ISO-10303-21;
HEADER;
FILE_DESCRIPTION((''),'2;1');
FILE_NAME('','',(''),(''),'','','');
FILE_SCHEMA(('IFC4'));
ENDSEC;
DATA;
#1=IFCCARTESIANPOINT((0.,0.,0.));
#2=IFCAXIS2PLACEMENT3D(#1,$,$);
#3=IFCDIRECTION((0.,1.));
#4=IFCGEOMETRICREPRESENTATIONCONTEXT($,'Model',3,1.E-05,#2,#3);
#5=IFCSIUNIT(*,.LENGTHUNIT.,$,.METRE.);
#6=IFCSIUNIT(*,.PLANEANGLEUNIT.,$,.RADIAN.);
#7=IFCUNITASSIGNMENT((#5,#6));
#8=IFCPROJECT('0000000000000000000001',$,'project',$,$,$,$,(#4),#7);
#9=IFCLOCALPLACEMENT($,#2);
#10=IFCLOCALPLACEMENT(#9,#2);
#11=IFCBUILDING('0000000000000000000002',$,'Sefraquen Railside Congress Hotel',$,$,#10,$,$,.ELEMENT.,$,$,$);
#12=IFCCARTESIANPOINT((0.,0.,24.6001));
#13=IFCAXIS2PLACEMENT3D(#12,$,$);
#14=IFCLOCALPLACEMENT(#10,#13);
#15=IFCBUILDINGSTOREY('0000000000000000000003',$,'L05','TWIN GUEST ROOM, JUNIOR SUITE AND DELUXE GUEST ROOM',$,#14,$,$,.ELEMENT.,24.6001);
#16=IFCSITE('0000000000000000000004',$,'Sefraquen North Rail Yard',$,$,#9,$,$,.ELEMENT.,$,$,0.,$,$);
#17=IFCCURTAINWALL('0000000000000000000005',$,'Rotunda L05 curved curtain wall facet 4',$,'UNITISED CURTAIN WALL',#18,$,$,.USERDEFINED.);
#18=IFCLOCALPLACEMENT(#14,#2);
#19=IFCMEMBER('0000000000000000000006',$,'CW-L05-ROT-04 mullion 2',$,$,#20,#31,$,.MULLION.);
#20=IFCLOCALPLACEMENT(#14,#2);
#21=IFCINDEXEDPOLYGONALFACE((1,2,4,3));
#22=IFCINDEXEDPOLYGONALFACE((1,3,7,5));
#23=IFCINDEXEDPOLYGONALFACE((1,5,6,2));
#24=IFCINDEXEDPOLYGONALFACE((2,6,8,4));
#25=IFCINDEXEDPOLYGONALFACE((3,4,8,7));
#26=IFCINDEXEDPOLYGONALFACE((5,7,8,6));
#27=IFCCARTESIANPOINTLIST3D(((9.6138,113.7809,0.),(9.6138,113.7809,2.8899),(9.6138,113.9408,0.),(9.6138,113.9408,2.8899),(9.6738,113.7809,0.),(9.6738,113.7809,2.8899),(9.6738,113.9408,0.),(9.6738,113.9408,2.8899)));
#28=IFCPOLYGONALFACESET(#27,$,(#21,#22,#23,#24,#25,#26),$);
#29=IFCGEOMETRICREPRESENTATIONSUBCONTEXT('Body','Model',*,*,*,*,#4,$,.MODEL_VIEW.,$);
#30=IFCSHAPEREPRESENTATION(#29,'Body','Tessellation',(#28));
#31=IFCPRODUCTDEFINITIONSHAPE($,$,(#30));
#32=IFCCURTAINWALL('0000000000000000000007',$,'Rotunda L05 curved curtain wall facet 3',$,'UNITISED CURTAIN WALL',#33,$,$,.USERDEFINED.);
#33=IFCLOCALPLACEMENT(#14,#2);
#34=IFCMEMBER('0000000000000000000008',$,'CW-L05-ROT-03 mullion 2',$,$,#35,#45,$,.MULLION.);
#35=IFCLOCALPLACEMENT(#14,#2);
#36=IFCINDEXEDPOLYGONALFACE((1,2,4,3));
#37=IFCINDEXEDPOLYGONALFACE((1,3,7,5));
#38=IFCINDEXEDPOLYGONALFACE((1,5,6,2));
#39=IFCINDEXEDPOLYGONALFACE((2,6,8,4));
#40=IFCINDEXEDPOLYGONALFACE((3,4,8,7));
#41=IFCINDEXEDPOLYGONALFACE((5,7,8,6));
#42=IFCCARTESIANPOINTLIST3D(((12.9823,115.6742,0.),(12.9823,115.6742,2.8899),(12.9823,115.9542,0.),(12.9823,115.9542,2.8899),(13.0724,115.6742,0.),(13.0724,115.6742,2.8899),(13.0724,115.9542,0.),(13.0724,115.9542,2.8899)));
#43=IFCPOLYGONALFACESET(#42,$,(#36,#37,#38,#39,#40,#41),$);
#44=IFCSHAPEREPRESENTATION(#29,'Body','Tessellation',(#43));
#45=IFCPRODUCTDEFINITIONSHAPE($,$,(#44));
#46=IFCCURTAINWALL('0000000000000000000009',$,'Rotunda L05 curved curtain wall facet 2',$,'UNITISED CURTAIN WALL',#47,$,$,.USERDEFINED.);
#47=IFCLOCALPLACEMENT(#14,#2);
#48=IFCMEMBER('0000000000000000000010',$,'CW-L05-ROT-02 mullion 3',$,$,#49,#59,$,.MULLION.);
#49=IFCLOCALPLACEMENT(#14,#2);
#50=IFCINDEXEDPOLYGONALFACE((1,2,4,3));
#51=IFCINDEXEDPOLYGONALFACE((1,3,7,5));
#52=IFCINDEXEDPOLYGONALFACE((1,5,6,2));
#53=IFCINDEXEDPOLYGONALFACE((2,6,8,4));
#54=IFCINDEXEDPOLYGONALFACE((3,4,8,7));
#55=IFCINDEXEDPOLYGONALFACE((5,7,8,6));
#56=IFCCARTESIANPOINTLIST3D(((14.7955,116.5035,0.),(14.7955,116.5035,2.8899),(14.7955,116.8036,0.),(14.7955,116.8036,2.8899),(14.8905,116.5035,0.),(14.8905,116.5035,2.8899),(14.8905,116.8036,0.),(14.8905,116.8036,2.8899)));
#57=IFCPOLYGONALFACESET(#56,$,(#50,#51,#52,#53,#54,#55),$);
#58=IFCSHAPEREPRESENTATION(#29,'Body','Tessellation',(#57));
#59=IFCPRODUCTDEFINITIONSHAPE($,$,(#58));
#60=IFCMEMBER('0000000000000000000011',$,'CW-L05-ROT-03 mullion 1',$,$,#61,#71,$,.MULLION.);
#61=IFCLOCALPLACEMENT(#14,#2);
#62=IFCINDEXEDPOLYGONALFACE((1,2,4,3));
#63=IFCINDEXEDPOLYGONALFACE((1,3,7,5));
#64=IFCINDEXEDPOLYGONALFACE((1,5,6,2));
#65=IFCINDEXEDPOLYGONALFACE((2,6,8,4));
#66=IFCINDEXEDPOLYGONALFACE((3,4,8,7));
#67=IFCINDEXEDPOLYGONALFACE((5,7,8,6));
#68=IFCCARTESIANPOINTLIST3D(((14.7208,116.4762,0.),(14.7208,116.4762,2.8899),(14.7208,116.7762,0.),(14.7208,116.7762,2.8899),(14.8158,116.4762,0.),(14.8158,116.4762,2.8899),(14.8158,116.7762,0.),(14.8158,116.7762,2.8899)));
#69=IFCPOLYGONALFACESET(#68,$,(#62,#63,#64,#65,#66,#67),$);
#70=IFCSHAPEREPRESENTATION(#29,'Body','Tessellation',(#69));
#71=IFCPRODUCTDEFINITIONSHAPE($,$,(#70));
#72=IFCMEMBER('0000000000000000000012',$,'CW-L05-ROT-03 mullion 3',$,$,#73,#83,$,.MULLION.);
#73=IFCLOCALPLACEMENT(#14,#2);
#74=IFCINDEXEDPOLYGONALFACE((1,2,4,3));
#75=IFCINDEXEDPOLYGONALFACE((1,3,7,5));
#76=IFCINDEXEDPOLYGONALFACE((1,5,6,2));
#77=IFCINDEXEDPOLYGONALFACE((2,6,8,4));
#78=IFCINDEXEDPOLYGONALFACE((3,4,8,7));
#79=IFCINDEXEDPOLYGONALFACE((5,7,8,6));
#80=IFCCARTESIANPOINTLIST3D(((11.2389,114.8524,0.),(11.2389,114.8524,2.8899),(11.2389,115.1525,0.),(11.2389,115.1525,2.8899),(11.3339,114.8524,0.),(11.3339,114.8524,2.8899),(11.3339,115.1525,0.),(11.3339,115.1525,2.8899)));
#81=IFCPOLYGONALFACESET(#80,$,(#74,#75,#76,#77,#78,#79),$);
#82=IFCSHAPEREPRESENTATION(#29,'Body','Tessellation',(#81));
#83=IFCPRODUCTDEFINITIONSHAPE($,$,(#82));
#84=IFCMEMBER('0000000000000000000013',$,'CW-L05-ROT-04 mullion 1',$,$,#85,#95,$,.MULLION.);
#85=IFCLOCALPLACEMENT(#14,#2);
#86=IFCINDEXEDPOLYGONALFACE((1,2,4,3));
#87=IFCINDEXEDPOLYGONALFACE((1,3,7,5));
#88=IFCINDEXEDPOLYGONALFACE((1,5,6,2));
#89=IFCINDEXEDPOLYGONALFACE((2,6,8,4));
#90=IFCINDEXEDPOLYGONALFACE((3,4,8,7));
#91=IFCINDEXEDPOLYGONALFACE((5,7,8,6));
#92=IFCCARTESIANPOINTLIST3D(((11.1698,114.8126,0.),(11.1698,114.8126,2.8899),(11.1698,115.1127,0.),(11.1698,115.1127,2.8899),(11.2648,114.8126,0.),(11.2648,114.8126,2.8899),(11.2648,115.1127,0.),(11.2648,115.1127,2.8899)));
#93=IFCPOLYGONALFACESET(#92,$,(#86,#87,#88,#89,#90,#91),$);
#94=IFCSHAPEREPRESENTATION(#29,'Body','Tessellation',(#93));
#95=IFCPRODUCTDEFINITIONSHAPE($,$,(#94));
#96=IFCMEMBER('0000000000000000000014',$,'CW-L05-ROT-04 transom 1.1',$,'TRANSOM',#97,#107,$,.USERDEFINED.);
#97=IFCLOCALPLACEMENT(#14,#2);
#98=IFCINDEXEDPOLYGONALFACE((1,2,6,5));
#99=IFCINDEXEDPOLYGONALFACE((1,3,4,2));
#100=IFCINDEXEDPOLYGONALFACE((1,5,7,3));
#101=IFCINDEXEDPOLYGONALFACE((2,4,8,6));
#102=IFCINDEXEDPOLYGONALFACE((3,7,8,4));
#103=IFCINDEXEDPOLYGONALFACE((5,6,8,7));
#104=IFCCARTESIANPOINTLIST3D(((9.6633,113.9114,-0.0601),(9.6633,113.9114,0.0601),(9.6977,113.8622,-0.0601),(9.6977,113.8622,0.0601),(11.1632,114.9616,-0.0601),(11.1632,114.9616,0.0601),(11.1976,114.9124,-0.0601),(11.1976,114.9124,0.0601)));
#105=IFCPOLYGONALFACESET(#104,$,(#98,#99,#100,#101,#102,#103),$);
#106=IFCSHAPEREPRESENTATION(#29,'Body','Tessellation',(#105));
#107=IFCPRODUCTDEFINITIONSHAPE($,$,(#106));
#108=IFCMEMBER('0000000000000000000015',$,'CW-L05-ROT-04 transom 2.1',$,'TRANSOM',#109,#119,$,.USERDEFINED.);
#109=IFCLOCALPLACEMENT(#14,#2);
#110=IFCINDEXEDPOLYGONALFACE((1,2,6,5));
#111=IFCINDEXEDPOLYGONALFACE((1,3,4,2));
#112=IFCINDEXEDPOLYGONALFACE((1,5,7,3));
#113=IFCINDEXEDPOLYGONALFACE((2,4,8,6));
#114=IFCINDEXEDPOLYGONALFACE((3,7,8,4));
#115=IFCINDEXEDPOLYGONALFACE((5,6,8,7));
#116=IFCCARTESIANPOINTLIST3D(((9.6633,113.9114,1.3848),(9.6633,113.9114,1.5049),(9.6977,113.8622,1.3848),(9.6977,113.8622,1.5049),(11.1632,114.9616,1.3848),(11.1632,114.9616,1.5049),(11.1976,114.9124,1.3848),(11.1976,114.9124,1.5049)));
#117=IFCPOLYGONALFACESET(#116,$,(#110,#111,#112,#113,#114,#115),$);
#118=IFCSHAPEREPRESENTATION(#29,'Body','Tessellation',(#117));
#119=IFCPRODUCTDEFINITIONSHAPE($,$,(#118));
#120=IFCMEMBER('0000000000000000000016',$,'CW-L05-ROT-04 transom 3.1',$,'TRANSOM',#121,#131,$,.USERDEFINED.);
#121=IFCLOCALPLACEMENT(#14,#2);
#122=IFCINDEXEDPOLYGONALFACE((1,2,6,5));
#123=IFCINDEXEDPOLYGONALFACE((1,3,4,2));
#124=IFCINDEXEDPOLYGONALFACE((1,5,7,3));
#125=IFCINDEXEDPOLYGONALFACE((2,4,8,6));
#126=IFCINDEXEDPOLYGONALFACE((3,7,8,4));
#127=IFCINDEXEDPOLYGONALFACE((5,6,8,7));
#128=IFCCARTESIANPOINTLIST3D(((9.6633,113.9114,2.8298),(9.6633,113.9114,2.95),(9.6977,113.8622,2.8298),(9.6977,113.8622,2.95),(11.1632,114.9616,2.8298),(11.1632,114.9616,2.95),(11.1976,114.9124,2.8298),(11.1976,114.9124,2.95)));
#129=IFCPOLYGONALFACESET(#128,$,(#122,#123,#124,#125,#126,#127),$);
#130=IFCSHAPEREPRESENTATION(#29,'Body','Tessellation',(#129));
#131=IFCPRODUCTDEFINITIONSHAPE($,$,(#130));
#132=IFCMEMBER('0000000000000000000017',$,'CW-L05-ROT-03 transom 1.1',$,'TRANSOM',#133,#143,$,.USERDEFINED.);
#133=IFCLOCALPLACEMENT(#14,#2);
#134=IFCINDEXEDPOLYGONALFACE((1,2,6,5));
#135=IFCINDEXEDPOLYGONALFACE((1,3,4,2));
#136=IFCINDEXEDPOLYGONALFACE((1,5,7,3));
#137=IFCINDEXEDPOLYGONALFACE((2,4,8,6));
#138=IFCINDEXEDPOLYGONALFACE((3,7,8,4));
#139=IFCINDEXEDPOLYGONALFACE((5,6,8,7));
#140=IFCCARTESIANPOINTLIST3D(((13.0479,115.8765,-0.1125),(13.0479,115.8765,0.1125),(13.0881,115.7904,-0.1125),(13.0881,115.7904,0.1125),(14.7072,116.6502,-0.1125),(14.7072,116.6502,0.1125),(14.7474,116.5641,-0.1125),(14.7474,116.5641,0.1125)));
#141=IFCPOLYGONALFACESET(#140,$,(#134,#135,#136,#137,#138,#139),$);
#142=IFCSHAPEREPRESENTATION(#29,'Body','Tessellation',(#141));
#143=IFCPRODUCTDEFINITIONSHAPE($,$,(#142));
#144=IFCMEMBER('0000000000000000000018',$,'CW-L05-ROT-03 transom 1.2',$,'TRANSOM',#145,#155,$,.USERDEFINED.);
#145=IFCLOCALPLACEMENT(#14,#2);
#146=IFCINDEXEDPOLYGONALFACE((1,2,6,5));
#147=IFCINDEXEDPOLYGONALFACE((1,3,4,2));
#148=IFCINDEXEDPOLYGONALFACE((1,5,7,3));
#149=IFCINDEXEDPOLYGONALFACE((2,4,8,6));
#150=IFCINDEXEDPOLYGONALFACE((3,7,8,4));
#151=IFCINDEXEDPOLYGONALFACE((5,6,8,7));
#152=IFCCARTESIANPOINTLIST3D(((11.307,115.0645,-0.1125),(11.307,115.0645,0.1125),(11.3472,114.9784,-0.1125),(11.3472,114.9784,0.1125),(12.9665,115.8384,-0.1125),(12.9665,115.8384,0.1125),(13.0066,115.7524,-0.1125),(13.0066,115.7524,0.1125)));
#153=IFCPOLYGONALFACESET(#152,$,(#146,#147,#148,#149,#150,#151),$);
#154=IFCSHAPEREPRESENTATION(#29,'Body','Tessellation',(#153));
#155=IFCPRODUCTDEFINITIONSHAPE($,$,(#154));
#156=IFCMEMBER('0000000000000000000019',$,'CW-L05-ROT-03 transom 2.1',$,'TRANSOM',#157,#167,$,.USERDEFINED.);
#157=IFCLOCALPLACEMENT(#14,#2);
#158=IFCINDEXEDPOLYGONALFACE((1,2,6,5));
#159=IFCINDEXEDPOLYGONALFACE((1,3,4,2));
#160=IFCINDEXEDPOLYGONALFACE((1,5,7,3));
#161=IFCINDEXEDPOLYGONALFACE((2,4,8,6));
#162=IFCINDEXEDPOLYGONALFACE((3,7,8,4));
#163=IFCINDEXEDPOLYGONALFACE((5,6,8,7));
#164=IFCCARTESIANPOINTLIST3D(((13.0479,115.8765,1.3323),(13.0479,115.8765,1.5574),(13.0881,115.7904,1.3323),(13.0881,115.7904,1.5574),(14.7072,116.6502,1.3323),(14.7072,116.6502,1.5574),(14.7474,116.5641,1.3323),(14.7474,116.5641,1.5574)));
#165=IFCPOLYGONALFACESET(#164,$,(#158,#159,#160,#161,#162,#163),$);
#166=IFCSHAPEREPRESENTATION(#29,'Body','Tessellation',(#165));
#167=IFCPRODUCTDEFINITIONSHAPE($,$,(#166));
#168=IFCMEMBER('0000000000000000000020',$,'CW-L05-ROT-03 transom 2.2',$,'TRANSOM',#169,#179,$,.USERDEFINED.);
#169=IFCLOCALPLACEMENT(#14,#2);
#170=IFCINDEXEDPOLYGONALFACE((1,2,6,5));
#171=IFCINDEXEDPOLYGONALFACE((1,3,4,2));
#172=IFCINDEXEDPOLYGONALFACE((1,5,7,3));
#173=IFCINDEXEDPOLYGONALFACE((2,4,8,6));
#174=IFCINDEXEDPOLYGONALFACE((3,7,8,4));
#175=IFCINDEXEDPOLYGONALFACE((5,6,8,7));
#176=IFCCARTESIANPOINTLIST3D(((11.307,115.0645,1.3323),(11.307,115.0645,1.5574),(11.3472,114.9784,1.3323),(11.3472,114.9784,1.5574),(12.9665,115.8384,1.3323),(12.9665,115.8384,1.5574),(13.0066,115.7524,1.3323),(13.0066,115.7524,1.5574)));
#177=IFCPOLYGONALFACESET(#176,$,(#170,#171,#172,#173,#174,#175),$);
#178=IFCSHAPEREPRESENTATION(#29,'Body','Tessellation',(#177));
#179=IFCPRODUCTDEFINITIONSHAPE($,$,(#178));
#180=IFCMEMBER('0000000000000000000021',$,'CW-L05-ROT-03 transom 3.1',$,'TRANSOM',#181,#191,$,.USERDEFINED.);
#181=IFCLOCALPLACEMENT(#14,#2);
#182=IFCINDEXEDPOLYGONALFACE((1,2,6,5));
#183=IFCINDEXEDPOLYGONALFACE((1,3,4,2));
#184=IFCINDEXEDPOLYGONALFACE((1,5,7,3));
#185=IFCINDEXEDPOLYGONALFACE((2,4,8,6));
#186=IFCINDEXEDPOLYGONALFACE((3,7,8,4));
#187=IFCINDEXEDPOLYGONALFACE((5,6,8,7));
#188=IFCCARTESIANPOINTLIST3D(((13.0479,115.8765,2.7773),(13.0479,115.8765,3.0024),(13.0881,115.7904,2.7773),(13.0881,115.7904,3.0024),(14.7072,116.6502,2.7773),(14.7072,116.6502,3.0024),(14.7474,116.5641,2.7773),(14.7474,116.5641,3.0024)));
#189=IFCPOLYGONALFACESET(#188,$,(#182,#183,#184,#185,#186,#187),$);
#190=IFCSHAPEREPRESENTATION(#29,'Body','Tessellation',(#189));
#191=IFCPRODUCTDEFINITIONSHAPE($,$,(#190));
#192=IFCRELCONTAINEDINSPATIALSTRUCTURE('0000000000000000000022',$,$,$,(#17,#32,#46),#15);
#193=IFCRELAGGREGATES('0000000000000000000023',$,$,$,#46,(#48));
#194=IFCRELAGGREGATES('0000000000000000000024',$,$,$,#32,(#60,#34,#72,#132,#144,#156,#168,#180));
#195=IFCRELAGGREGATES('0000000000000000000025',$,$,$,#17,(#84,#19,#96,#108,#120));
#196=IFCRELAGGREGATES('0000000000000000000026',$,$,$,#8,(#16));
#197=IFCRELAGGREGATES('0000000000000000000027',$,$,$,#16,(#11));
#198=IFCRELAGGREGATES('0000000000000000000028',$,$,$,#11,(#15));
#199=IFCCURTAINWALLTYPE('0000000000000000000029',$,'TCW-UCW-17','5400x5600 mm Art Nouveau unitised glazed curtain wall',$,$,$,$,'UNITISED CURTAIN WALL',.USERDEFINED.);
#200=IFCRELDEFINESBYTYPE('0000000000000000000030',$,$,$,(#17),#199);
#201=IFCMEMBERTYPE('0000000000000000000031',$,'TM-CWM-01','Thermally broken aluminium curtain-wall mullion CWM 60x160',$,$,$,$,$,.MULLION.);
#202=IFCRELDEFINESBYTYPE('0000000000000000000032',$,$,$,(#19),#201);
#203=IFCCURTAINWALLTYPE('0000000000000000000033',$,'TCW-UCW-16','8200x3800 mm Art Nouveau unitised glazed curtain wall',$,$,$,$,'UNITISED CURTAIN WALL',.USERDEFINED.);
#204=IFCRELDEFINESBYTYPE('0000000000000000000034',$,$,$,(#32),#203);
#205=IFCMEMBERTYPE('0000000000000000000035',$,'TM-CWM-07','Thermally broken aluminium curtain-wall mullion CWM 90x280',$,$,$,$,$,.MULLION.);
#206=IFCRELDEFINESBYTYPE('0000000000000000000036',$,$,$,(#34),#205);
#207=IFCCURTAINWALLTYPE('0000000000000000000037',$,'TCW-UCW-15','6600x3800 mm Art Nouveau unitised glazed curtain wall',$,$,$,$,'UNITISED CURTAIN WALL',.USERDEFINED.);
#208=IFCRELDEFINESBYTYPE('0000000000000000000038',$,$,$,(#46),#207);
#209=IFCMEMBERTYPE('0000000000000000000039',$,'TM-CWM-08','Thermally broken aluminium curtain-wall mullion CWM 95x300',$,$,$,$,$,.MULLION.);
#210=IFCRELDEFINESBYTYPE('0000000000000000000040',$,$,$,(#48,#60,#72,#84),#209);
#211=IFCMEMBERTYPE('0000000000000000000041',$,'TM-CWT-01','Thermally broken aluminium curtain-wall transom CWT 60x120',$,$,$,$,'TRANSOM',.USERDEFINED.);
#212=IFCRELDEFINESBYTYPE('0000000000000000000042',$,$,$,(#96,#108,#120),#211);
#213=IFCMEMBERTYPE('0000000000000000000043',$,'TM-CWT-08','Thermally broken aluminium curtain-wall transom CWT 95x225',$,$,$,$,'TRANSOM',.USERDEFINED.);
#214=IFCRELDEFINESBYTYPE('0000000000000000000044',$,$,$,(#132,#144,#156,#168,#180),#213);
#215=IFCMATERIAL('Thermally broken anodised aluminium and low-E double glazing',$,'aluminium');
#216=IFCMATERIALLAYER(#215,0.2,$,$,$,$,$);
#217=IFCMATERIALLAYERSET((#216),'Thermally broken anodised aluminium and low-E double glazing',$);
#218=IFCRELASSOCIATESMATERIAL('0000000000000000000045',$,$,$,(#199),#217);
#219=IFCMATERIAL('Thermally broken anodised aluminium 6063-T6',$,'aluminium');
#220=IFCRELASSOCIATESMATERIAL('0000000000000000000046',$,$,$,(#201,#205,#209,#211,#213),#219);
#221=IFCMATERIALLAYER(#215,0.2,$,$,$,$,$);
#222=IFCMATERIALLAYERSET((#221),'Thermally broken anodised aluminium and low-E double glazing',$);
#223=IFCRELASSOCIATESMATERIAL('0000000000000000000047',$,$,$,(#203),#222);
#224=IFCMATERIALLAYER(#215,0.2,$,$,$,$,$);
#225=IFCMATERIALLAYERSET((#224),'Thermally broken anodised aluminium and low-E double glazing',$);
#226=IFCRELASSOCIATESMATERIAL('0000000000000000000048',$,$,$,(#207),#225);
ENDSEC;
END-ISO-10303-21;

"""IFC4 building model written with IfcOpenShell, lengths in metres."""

from ifc_helpers import new_model, si_unit, direction, frame, origin, origin_2d, place, context, subcontext, project, spatial, rectangle, extrude, material, layer, layer_set, material_profile, profile_set, type_object, element, aggregate, save


model = new_model("IFC4")

# Units and contexts
model_context = context("Model", 3, precision=1e-05, world=origin(), true_north=direction((0.0, 1.0)))
body_context = subcontext(model_context, "Body", "Model", "MODEL_VIEW")
ifc_project = project(units=[si_unit("LENGTHUNIT", "METRE"), si_unit("PLANEANGLEUNIT", "RADIAN")], contexts=[model_context])

# Site, building, storey
site_placement = place(None, origin())
site = spatial("IfcSite", under=ifc_project, at=site_placement, Name="Sefraquen North Rail Yard", CompositionType="ELEMENT", RefElevation=0.0)
building_placement = place(site_placement, origin())
building = spatial("IfcBuilding", under=site, at=building_placement, Name="Sefraquen Railside Congress Hotel", CompositionType="ELEMENT")
storey_placement = place(building_placement, frame((0.0, 0.0, 24.6001)))
storey = spatial("IfcBuildingStorey", under=building, at=storey_placement, Name="L05", Description="TWIN GUEST ROOM, JUNIOR SUITE AND DELUXE GUEST ROOM", CompositionType="ELEMENT", Elevation=24.6001)

# Curtain walls, members
ifc_material_1 = material(Name="Thermally broken anodised aluminium and low-E double glazing", Category="aluminium")
ifc_layer_1 = layer(ifc_material_1, 0.2)
ifc_layer_set_1 = layer_set([ifc_layer_1], Name="Thermally broken anodised aluminium and low-E double glazing")
curtain_wall_type_1 = type_object("IfcCurtainWallType", Name="TCW-UCW-17", Description="5400x5600 mm Art Nouveau unitised glazed curtain wall", ElementType="UNITISED CURTAIN WALL", PredefinedType="USERDEFINED", material=ifc_layer_set_1)
curtain_wall_1_placement = place(storey_placement, origin())
curtain_wall_1 = element("IfcCurtainWall", 1, at=curtain_wall_1_placement, inside=storey, type_object=curtain_wall_type_1, Name="Rotunda L05 curved curtain wall facet 4", ObjectType="UNITISED CURTAIN WALL", PredefinedType="USERDEFINED")
ifc_material_2 = material(Name="Thermally broken anodised aluminium 6063-T6", Category="aluminium")
ifc_material_profile_1 = material_profile(ifc_material_2, rectangle(XDim=0.0601, YDim=0.1599, at=origin_2d()), Name="CWM 60x160")
ifc_profile_set_1 = profile_set([ifc_material_profile_1], Name="Thermally broken anodised aluminium 6063-T6")
member_type_1 = type_object("IfcMemberType", Name="TM-CWM-01", Description="Thermally broken aluminium curtain-wall mullion CWM 60x160", PredefinedType="MULLION", material=ifc_profile_set_1)
member_1_placement = place(storey_placement, frame((9.6438, 113.8608, 0.0), z_axis=(0.0, 0.0, 1.0), x_axis=(1.0, 0.0, 0.0)))
member_1 = element("IfcMember", 2, at=member_1_placement, type_object=member_type_1, Name="CW-L05-ROT-04 mullion 2", PredefinedType="MULLION", context=body_context, shape_type="SweptSolid", body=[
    extrude(rectangle(XDim=0.0601, YDim=0.1599, at=origin_2d()), origin(), (0.0, 0.0, 1.0), 2.8899),
])
ifc_layer_2 = layer(ifc_material_1, 0.2)
ifc_layer_set_2 = layer_set([ifc_layer_2], Name="Thermally broken anodised aluminium and low-E double glazing")
curtain_wall_type_2 = type_object("IfcCurtainWallType", Name="TCW-UCW-16", Description="8200x3800 mm Art Nouveau unitised glazed curtain wall", ElementType="UNITISED CURTAIN WALL", PredefinedType="USERDEFINED", material=ifc_layer_set_2)
curtain_wall_2_placement = place(storey_placement, origin())
curtain_wall_2 = element("IfcCurtainWall", 3, at=curtain_wall_2_placement, inside=storey, type_object=curtain_wall_type_2, Name="Rotunda L05 curved curtain wall facet 3", ObjectType="UNITISED CURTAIN WALL", PredefinedType="USERDEFINED")
ifc_material_profile_2 = material_profile(ifc_material_2, rectangle(XDim=0.0901, YDim=0.28, at=origin_2d()), Name="CWM 90x280")
ifc_profile_set_2 = profile_set([ifc_material_profile_2], Name="Thermally broken anodised aluminium 6063-T6")
member_type_2 = type_object("IfcMemberType", Name="TM-CWM-07", Description="Thermally broken aluminium curtain-wall mullion CWM 90x280", PredefinedType="MULLION", material=ifc_profile_set_2)
member_2_placement = place(storey_placement, frame((13.0273, 115.8142, 0.0), z_axis=(0.0, 0.0, 1.0), x_axis=(1.0, 0.0, 0.0)))
member_2 = element("IfcMember", 4, at=member_2_placement, type_object=member_type_2, Name="CW-L05-ROT-03 mullion 2", PredefinedType="MULLION", context=body_context, shape_type="SweptSolid", body=[
    extrude(rectangle(XDim=0.0901, YDim=0.28, at=origin_2d()), origin(), (0.0, 0.0, 1.0), 2.8899),
])
ifc_layer_3 = layer(ifc_material_1, 0.2)
ifc_layer_set_3 = layer_set([ifc_layer_3], Name="Thermally broken anodised aluminium and low-E double glazing")
curtain_wall_type_3 = type_object("IfcCurtainWallType", Name="TCW-UCW-15", Description="6600x3800 mm Art Nouveau unitised glazed curtain wall", ElementType="UNITISED CURTAIN WALL", PredefinedType="USERDEFINED", material=ifc_layer_set_3)
curtain_wall_3_placement = place(storey_placement, origin())
curtain_wall_3 = element("IfcCurtainWall", 5, at=curtain_wall_3_placement, inside=storey, type_object=curtain_wall_type_3, Name="Rotunda L05 curved curtain wall facet 2", ObjectType="UNITISED CURTAIN WALL", PredefinedType="USERDEFINED")
ifc_material_profile_3 = material_profile(ifc_material_2, rectangle(XDim=0.095, YDim=0.3, at=origin_2d()), Name="CWM 95x300")
ifc_profile_set_3 = profile_set([ifc_material_profile_3], Name="Thermally broken anodised aluminium 6063-T6")
member_type_3 = type_object("IfcMemberType", Name="TM-CWM-08", Description="Thermally broken aluminium curtain-wall mullion CWM 95x300", PredefinedType="MULLION", material=ifc_profile_set_3)
member_3_placement = place(storey_placement, frame((14.843, 116.6536, 0.0), z_axis=(0.0, 0.0, 1.0), x_axis=(1.0, 0.0, 0.0)))
member_3 = element("IfcMember", 6, at=member_3_placement, type_object=member_type_3, Name="CW-L05-ROT-02 mullion 3", PredefinedType="MULLION", context=body_context, shape_type="SweptSolid", body=[
    extrude(rectangle(XDim=0.095, YDim=0.3, at=origin_2d()), origin(), (0.0, 0.0, 1.0), 2.8899),
])

# Members
member_4_placement = place(storey_placement, frame((14.7683, 116.6262, 0.0), z_axis=(0.0, 0.0, 1.0), x_axis=(1.0, 0.0, 0.0)))
member_4 = element("IfcMember", 7, at=member_4_placement, type_object=member_type_3, Name="CW-L05-ROT-03 mullion 1", PredefinedType="MULLION", context=body_context, shape_type="SweptSolid", body=[
    extrude(rectangle(XDim=0.095, YDim=0.3, at=origin_2d()), origin(), (0.0, 0.0, 1.0), 2.8899),
])
member_5_placement = place(storey_placement, frame((11.2864, 115.0024, 0.0), z_axis=(0.0, 0.0, 1.0), x_axis=(1.0, 0.0, 0.0)))
member_5 = element("IfcMember", 8, at=member_5_placement, type_object=member_type_3, Name="CW-L05-ROT-03 mullion 3", PredefinedType="MULLION", context=body_context, shape_type="SweptSolid", body=[
    extrude(rectangle(XDim=0.095, YDim=0.3, at=origin_2d()), origin(), (0.0, 0.0, 1.0), 2.8899),
])
member_6_placement = place(storey_placement, frame((11.2173, 114.9626, 0.0), z_axis=(0.0, 0.0, 1.0), x_axis=(1.0, 0.0, 0.0)))
member_6 = element("IfcMember", 9, at=member_6_placement, type_object=member_type_3, Name="CW-L05-ROT-04 mullion 1", PredefinedType="MULLION", context=body_context, shape_type="SweptSolid", body=[
    extrude(rectangle(XDim=0.095, YDim=0.3, at=origin_2d()), origin(), (0.0, 0.0, 1.0), 2.8899),
])
ifc_material_profile_4 = material_profile(ifc_material_2, rectangle(XDim=0.0601, YDim=0.1201, at=origin_2d()), Name="CWT 60x120")
ifc_profile_set_4 = profile_set([ifc_material_profile_4], Name="Thermally broken anodised aluminium 6063-T6")
member_type_4 = type_object("IfcMemberType", Name="TM-CWT-01", Description="Thermally broken aluminium curtain-wall transom CWT 60x120", ElementType="TRANSOM", PredefinedType="USERDEFINED", material=ifc_profile_set_4)
member_7_placement = place(storey_placement, frame((11.1804, 114.937, 0.0), z_axis=(-0.819157, -0.57357, 0.0), x_axis=(0.57357, -0.819157, 0.0)))
member_7 = element("IfcMember", 10, at=member_7_placement, type_object=member_type_4, Name="CW-L05-ROT-04 transom 1.1", ObjectType="TRANSOM", PredefinedType="USERDEFINED", context=body_context, shape_type="SweptSolid", body=[
    extrude(rectangle(XDim=0.0601, YDim=0.1201, at=origin_2d()), origin(), (0.0, 0.0, 1.0), 1.8311),
])
member_8_placement = place(storey_placement, frame((11.1804, 114.937, 1.4448), z_axis=(-0.819157, -0.57357, 0.0), x_axis=(0.57357, -0.819157, 0.0)))
member_8 = element("IfcMember", 11, at=member_8_placement, type_object=member_type_4, Name="CW-L05-ROT-04 transom 2.1", ObjectType="TRANSOM", PredefinedType="USERDEFINED", context=body_context, shape_type="SweptSolid", body=[
    extrude(rectangle(XDim=0.0601, YDim=0.1201, at=origin_2d()), origin(), (0.0, 0.0, 1.0), 1.8311),
])
member_9_placement = place(storey_placement, frame((11.1804, 114.937, 2.8899), z_axis=(-0.819157, -0.57357, 0.0), x_axis=(0.57357, -0.819157, 0.0)))
member_9 = element("IfcMember", 12, at=member_9_placement, type_object=member_type_4, Name="CW-L05-ROT-04 transom 3.1", ObjectType="TRANSOM", PredefinedType="USERDEFINED", context=body_context, shape_type="SweptSolid", body=[
    extrude(rectangle(XDim=0.0601, YDim=0.1201, at=origin_2d()), origin(), (0.0, 0.0, 1.0), 1.8311),
])
ifc_material_profile_5 = material_profile(ifc_material_2, rectangle(XDim=0.095, YDim=0.2251, at=origin_2d()), Name="CWT 95x225")
ifc_profile_set_5 = profile_set([ifc_material_profile_5], Name="Thermally broken anodised aluminium 6063-T6")
member_type_5 = type_object("IfcMemberType", Name="TM-CWT-08", Description="Thermally broken aluminium curtain-wall transom CWT 95x225", ElementType="TRANSOM", PredefinedType="USERDEFINED", material=ifc_profile_set_5)
member_10_placement = place(storey_placement, frame((14.7273, 116.6072, 0.0), z_axis=(-0.906309, -0.422615, 0.0), x_axis=(0.422615, -0.906309, 0.0)))
member_10 = element("IfcMember", 13, at=member_10_placement, type_object=member_type_5, Name="CW-L05-ROT-03 transom 1.1", ObjectType="TRANSOM", PredefinedType="USERDEFINED", context=body_context, shape_type="SweptSolid", body=[
    extrude(rectangle(XDim=0.095, YDim=0.2251, at=origin_2d()), origin(), (0.0, 0.0, 1.0), 1.8308),
])
member_11_placement = place(storey_placement, frame((12.9866, 115.7954, 0.0), z_axis=(-0.906282, -0.422674, 0.0), x_axis=(0.422674, -0.906282, 0.0)))
member_11 = element("IfcMember", 14, at=member_11_placement, type_object=member_type_5, Name="CW-L05-ROT-03 transom 1.2", ObjectType="TRANSOM", PredefinedType="USERDEFINED", context=body_context, shape_type="SweptSolid", body=[
    extrude(rectangle(XDim=0.095, YDim=0.2251, at=origin_2d()), origin(), (0.0, 0.0, 1.0), 1.8311),
])
member_12_placement = place(storey_placement, frame((14.7273, 116.6072, 1.4448), z_axis=(-0.906309, -0.422615, 0.0), x_axis=(0.422615, -0.906309, 0.0)))
member_12 = element("IfcMember", 15, at=member_12_placement, type_object=member_type_5, Name="CW-L05-ROT-03 transom 2.1", ObjectType="TRANSOM", PredefinedType="USERDEFINED", context=body_context, shape_type="SweptSolid", body=[
    extrude(rectangle(XDim=0.095, YDim=0.2251, at=origin_2d()), origin(), (0.0, 0.0, 1.0), 1.8308),
])
member_13_placement = place(storey_placement, frame((12.9866, 115.7954, 1.4448), z_axis=(-0.906282, -0.422674, 0.0), x_axis=(0.422674, -0.906282, 0.0)))
member_13 = element("IfcMember", 16, at=member_13_placement, type_object=member_type_5, Name="CW-L05-ROT-03 transom 2.2", ObjectType="TRANSOM", PredefinedType="USERDEFINED", context=body_context, shape_type="SweptSolid", body=[
    extrude(rectangle(XDim=0.095, YDim=0.2251, at=origin_2d()), origin(), (0.0, 0.0, 1.0), 1.8311),
])
member_14_placement = place(storey_placement, frame((14.7273, 116.6072, 2.8899), z_axis=(-0.906309, -0.422615, 0.0), x_axis=(0.422615, -0.906309, 0.0)))
member_14 = element("IfcMember", 17, at=member_14_placement, type_object=member_type_5, Name="CW-L05-ROT-03 transom 3.1", ObjectType="TRANSOM", PredefinedType="USERDEFINED", context=body_context, shape_type="SweptSolid", body=[
    extrude(rectangle(XDim=0.095, YDim=0.2251, at=origin_2d()), origin(), (0.0, 0.0, 1.0), 1.8308),
])

aggregate(curtain_wall_3, [member_3])
aggregate(curtain_wall_2, [member_4, member_2, member_5, member_10, member_11, member_12, member_13, member_14])
aggregate(curtain_wall_1, [member_6, member_1, member_7, member_8, member_9])

save(model, "model.ifc")
